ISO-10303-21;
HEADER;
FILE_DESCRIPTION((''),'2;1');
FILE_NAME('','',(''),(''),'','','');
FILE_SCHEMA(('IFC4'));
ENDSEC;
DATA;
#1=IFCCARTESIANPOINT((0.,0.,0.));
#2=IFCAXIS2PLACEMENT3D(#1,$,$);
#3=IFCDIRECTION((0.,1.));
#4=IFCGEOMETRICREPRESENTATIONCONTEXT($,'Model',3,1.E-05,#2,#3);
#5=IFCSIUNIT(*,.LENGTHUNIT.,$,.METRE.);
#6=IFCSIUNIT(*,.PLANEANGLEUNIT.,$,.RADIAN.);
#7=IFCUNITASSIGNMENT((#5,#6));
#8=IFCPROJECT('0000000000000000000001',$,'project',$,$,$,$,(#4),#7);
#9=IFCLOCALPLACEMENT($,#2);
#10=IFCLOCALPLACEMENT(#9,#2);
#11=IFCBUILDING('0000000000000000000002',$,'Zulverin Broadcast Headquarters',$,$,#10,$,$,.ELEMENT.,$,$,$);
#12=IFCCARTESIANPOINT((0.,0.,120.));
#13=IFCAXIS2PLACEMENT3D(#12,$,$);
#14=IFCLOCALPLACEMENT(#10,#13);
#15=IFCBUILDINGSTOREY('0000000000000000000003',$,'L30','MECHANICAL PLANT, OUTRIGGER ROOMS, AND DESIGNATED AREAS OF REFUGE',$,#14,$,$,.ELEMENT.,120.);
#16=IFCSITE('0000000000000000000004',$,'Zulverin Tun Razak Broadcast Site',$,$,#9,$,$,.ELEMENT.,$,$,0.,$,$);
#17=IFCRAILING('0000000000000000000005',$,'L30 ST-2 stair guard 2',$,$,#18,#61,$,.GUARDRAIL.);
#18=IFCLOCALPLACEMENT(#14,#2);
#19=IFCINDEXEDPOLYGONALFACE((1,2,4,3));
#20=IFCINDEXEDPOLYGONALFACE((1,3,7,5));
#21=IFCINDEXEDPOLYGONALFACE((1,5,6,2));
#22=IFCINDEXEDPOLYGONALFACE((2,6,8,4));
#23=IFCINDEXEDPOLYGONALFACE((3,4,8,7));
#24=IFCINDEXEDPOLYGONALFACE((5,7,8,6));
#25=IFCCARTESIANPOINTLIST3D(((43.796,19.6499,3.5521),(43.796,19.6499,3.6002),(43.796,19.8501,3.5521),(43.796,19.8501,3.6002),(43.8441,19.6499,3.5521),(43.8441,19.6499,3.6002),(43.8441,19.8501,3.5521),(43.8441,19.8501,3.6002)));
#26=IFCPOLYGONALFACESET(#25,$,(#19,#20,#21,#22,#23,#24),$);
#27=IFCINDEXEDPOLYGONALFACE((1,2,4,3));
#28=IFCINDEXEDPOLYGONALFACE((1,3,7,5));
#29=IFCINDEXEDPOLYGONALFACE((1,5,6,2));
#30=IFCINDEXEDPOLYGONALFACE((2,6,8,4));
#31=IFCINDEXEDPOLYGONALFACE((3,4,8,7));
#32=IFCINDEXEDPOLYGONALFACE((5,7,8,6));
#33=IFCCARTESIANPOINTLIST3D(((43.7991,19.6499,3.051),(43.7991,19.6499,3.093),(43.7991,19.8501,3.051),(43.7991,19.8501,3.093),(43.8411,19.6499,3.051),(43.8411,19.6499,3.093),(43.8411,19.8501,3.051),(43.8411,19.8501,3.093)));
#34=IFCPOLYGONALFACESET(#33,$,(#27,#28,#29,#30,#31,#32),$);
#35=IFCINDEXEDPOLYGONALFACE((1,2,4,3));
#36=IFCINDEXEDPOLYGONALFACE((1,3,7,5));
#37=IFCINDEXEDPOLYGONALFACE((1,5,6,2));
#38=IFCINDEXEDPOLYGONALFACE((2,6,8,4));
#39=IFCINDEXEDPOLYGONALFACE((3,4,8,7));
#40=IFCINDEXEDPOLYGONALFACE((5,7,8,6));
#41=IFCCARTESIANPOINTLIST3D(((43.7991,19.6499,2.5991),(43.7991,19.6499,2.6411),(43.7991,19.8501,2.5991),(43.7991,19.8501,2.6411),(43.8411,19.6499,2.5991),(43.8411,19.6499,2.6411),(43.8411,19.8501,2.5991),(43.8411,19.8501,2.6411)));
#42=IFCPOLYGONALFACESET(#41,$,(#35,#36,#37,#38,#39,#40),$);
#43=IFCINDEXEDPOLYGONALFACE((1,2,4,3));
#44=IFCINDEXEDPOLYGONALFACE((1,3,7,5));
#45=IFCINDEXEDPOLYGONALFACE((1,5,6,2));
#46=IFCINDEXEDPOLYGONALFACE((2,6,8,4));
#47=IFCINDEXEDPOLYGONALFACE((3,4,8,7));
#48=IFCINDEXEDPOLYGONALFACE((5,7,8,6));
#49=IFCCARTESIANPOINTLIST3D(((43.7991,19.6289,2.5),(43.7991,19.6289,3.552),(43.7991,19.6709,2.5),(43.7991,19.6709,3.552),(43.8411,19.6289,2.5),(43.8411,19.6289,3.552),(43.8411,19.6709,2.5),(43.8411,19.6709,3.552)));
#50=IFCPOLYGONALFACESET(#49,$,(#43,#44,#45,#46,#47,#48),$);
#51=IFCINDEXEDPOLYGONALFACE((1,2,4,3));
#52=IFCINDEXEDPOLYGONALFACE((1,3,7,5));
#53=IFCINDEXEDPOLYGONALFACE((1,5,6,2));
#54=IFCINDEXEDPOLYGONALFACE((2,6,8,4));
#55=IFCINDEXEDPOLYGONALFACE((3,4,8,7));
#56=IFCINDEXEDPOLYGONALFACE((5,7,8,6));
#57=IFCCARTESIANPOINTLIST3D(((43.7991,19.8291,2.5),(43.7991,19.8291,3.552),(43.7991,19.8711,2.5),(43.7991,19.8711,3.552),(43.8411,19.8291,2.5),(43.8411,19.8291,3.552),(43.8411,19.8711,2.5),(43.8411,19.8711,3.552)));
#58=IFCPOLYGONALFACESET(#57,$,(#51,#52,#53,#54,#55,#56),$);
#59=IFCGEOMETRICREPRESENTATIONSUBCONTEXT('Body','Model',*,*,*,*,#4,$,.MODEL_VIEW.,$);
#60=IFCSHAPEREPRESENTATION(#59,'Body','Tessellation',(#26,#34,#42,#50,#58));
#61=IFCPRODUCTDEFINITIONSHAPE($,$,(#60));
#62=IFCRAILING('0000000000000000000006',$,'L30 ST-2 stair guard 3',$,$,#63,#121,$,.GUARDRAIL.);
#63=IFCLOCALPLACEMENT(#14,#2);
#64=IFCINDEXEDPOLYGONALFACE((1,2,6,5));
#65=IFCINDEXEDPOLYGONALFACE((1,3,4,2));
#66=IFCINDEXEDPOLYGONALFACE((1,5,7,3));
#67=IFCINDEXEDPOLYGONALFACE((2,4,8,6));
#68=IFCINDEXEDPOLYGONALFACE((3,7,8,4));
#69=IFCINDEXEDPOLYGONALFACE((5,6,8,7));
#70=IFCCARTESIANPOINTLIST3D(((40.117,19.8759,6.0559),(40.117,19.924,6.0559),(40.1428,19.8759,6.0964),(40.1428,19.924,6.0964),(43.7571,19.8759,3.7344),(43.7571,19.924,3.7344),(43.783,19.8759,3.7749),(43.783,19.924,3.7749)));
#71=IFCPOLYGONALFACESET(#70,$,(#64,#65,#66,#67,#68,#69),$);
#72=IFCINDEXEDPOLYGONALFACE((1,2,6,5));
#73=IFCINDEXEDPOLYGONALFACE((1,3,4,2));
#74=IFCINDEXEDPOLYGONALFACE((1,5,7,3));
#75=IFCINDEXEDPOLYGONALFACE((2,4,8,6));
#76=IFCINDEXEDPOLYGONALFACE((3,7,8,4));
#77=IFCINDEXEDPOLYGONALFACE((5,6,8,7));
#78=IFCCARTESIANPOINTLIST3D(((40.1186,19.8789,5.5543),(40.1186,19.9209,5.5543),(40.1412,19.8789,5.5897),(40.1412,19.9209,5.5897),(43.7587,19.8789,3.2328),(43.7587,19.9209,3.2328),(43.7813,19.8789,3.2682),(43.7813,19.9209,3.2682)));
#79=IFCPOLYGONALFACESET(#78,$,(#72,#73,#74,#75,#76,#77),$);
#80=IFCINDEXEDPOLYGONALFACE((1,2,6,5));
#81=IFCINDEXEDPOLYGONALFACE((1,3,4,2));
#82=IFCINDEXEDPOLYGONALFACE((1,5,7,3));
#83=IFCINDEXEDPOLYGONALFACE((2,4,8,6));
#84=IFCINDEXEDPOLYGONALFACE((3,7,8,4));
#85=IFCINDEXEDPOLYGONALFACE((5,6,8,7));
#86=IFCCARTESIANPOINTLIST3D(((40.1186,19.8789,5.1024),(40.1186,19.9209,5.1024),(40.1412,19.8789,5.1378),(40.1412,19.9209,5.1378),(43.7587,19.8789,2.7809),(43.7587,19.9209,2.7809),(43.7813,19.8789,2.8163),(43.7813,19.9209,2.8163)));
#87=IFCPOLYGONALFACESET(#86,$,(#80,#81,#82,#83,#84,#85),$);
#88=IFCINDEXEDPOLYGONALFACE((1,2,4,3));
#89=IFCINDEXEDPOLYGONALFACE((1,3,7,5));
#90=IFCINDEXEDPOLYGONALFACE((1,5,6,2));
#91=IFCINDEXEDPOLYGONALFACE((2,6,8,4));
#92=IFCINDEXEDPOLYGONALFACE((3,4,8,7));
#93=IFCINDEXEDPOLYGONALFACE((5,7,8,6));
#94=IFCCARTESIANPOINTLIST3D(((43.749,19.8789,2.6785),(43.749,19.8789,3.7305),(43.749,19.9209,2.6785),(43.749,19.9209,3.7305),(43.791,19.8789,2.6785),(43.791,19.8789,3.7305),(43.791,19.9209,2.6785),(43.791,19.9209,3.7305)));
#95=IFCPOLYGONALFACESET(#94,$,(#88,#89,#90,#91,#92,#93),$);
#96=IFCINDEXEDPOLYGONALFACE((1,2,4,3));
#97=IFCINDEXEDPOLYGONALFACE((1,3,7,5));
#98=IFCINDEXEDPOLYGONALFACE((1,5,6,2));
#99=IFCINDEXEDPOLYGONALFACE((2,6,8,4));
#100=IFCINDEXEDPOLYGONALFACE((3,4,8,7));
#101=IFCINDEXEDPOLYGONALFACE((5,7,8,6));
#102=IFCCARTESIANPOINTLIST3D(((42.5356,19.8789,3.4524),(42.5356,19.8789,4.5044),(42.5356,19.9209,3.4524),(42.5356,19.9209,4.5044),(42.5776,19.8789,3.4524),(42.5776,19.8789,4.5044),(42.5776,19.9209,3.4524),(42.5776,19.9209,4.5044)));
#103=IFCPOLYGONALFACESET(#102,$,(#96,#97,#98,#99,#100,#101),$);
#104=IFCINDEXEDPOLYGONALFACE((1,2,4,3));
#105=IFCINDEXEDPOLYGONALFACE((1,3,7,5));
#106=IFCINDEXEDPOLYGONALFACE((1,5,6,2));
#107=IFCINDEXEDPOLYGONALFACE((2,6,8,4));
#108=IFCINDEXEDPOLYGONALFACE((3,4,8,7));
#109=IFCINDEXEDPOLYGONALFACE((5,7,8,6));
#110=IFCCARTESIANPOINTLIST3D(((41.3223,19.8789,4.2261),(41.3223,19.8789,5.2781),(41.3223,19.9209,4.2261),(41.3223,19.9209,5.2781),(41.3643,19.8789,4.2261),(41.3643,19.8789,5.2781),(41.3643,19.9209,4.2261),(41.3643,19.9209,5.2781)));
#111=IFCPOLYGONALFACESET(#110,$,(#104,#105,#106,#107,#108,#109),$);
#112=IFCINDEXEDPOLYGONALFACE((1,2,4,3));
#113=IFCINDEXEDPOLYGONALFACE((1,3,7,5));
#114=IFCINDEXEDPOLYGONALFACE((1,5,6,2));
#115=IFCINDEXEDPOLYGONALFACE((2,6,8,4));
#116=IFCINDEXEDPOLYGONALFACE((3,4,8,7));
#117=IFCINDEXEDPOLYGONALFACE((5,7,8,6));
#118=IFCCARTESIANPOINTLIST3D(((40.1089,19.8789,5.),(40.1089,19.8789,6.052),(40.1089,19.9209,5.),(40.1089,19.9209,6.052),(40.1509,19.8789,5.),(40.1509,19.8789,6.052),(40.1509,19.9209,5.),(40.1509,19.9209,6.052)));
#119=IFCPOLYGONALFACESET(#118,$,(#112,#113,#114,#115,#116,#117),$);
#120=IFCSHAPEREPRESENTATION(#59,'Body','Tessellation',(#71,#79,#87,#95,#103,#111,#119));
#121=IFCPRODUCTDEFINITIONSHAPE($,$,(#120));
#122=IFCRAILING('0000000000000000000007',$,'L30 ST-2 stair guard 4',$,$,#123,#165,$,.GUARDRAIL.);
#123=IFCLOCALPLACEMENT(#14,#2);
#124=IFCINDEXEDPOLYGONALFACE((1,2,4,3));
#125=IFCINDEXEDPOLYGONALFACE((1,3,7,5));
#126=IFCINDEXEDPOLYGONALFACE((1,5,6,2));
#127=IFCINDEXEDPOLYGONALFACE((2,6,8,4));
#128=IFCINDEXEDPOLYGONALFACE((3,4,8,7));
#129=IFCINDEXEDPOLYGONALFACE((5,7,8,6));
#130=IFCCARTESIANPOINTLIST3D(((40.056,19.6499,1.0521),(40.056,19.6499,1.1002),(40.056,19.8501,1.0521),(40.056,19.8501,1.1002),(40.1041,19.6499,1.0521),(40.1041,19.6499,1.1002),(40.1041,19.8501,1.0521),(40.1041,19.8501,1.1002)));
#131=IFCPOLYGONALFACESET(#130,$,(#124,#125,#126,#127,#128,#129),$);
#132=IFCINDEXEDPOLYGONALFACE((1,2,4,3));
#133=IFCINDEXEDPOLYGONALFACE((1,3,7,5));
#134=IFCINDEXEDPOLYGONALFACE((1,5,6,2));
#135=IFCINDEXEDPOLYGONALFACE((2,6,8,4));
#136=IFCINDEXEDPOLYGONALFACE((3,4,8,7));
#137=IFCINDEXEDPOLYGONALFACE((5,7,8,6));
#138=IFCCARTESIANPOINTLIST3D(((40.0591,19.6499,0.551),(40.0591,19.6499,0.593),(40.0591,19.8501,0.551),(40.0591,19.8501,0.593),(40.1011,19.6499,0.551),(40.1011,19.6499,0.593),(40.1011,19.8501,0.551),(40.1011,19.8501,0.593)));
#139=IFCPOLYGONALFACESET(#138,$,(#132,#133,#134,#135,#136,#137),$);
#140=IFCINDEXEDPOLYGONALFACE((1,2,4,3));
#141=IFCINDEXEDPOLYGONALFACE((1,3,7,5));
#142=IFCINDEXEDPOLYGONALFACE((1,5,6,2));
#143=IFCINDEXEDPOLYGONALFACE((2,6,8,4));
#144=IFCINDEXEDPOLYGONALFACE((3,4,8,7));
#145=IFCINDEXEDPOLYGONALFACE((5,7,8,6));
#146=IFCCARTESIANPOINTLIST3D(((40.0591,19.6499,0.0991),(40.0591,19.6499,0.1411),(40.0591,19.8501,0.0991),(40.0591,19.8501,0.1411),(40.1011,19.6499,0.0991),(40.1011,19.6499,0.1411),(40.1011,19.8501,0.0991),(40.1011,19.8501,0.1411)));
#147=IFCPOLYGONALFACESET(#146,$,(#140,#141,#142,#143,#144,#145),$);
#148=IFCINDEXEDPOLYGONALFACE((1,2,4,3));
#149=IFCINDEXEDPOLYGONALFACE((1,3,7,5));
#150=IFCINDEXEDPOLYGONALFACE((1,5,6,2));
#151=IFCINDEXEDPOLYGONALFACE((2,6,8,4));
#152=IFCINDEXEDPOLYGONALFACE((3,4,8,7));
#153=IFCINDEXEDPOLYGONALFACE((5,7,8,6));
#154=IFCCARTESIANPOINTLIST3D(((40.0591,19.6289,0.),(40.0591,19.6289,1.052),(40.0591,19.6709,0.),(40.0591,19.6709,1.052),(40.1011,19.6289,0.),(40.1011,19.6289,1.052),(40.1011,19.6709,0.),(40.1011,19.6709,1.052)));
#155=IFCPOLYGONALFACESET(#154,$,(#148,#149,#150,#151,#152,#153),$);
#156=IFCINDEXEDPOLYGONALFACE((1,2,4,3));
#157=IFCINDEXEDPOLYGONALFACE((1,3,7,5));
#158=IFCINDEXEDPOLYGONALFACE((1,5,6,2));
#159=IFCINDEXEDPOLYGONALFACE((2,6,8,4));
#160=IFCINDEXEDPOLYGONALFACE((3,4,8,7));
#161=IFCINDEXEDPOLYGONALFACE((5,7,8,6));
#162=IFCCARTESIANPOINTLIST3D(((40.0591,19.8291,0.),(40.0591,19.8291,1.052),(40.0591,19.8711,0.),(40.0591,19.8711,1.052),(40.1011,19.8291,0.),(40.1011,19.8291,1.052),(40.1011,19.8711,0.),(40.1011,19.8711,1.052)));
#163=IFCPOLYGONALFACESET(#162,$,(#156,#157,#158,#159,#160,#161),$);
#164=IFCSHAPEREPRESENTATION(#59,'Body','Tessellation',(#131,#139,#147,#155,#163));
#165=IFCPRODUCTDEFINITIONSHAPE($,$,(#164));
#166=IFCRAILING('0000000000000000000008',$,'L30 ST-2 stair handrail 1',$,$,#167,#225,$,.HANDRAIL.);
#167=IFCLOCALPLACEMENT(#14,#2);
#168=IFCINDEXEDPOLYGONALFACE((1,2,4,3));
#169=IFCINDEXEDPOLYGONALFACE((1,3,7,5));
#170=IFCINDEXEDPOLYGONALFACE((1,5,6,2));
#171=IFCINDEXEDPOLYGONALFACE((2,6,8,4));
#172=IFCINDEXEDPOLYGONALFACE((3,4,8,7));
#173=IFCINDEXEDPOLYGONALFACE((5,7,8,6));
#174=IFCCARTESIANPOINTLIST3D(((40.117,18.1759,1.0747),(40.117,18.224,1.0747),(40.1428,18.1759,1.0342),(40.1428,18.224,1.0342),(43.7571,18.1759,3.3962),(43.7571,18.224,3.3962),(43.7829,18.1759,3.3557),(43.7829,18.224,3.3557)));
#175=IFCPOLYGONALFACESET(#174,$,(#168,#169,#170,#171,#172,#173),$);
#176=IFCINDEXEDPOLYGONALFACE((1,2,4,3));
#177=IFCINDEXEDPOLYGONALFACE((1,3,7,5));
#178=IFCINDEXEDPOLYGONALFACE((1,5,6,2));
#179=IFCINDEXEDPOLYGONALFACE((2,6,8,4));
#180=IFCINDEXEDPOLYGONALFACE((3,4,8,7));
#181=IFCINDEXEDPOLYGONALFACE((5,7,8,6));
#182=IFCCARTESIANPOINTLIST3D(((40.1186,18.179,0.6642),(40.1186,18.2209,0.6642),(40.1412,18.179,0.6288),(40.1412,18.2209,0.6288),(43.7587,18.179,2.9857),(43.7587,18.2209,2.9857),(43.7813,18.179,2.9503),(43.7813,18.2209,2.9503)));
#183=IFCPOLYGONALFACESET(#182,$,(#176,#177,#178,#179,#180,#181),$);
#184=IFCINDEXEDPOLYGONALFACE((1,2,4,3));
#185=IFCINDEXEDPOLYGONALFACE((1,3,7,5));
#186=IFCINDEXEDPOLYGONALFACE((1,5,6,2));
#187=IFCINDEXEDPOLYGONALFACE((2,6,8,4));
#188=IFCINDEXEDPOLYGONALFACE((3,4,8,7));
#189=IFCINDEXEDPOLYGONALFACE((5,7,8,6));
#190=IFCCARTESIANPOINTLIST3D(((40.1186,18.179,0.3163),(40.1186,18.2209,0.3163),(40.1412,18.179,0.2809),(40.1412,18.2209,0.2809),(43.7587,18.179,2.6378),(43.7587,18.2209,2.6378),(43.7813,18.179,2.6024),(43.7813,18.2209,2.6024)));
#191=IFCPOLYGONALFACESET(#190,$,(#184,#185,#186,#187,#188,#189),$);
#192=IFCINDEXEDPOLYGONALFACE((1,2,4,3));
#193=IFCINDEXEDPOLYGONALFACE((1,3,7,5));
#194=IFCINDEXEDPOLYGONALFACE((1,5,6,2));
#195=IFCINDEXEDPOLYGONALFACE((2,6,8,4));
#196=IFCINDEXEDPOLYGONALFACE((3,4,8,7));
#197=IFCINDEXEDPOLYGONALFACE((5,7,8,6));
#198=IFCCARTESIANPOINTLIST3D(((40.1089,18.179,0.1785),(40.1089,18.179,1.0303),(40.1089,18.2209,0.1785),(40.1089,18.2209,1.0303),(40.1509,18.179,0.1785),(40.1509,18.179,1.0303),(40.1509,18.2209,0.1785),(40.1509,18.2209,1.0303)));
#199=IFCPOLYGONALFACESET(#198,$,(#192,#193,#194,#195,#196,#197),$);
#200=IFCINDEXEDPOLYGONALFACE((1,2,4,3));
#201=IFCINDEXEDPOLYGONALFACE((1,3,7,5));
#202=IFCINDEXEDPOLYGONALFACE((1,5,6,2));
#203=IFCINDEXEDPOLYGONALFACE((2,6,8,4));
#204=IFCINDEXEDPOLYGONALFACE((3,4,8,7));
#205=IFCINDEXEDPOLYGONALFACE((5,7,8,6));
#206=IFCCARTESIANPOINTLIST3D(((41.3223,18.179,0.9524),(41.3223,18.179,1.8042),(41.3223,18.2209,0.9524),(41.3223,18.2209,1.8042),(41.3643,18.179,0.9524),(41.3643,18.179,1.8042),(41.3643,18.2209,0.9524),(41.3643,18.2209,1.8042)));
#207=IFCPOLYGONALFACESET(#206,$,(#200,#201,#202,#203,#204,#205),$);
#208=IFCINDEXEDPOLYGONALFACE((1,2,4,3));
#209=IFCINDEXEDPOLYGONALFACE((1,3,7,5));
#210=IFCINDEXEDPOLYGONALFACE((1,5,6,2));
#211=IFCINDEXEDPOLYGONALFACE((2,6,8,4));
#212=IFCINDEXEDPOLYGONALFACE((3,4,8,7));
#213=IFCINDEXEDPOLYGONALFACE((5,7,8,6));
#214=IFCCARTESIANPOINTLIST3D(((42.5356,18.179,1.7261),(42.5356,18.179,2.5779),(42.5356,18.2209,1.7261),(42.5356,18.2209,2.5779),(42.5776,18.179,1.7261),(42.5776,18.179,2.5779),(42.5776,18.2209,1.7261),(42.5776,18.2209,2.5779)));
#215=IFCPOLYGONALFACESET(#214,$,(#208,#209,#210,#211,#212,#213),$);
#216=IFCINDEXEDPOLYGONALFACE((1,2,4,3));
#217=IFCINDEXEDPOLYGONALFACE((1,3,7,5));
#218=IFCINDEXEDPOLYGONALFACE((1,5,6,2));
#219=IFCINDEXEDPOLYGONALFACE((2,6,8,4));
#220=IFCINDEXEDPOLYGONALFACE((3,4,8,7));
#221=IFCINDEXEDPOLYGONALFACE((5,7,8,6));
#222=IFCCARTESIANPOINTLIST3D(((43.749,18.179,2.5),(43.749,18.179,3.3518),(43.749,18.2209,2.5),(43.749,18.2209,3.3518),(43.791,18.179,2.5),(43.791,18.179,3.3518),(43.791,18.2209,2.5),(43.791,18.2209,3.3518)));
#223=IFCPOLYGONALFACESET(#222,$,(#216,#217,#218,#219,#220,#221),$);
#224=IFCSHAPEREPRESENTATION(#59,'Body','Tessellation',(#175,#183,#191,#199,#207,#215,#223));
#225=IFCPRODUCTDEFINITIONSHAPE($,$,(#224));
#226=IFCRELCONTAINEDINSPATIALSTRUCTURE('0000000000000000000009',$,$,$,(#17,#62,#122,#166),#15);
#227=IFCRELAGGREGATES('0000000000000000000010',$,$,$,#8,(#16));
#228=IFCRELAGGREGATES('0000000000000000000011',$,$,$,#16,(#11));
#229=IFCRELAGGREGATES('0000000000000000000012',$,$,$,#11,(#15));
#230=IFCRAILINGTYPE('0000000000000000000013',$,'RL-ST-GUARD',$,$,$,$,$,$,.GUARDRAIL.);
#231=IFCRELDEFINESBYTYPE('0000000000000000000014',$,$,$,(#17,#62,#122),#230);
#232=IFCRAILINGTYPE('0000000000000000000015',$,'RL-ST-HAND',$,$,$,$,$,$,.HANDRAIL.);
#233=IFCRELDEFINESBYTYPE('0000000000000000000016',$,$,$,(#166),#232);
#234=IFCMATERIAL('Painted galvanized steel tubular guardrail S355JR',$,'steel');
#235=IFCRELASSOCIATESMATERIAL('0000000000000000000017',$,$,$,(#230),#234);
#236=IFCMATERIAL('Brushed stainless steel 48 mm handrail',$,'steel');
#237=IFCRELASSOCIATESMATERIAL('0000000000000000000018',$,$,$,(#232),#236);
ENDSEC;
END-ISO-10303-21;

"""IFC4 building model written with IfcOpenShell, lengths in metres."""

from ifc_helpers import new_model, si_unit, direction, frame, origin, origin_2d, place, context, subcontext, project, spatial, rectangle, extrude, material, type_object, element, save


model = new_model("IFC4")

# Units and contexts
model_context = context("Model", 3, precision=1e-05, world=origin(), true_north=direction((0.0, 1.0)))
body_context = subcontext(model_context, "Body", "Model", "MODEL_VIEW")
ifc_project = project(units=[si_unit("LENGTHUNIT", "METRE"), si_unit("PLANEANGLEUNIT", "RADIAN")], contexts=[model_context])

# Site, building, storey
site_placement = place(None, origin())
site = spatial("IfcSite", under=ifc_project, at=site_placement, Name="Zulverin Tun Razak Broadcast Site", CompositionType="ELEMENT", RefElevation=0.0)
building_placement = place(site_placement, origin())
building = spatial("IfcBuilding", under=site, at=building_placement, Name="Zulverin Broadcast Headquarters", CompositionType="ELEMENT")
storey_placement = place(building_placement, frame((0.0, 0.0, 120.0)))
storey = spatial("IfcBuildingStorey", under=building, at=storey_placement, Name="L30", Description="MECHANICAL PLANT, OUTRIGGER ROOMS, AND DESIGNATED AREAS OF REFUGE", CompositionType="ELEMENT", Elevation=120.0)

# Railings
ifc_material_1 = material(Name="Painted galvanized steel tubular guardrail S355JR", Category="steel")
railing_type_1 = type_object("IfcRailingType", Name="RL-ST-GUARD", PredefinedType="GUARDRAIL", material=ifc_material_1)
railing_1_placement = place(storey_placement, frame((43.8201, 19.6499, 2.5)))
element("IfcRailing", 1, at=railing_1_placement, inside=storey, type_object=railing_type_1, Name="L30 ST-2 stair guard 2", PredefinedType="GUARDRAIL", context=body_context, shape_type="SweptSolid", body=[
    extrude(rectangle(XDim=0.0481, YDim=0.0481, at=origin_2d()), frame((0.0, 0.0, 1.0762), z_axis=(0.0, 1.0, 0.0), x_axis=(-1.0, 0.0, 0.0)), (0.0, 0.0, 1.0), 0.2002),
    extrude(rectangle(XDim=0.042, YDim=0.042, at=origin_2d()), frame((0.0, 0.0, 0.572), z_axis=(0.0, 1.0, 0.0), x_axis=(-1.0, 0.0, 0.0)), (0.0, 0.0, 1.0), 0.2002),
    extrude(rectangle(XDim=0.042, YDim=0.042, at=origin_2d()), frame((0.0, 0.0, 0.1201), z_axis=(0.0, 1.0, 0.0), x_axis=(-1.0, 0.0, 0.0)), (0.0, 0.0, 1.0), 0.2002),
    extrude(rectangle(XDim=0.042, YDim=0.042, at=origin_2d()), origin(), (0.0, 0.0, 1.0), 1.052),
    extrude(rectangle(XDim=0.042, YDim=0.042, at=origin_2d()), frame((0.0, 0.2002, 0.0)), (0.0, 0.0, 1.0), 1.052),
])
railing_2_placement = place(storey_placement, frame((43.77, 19.8999, 2.6785)))
element("IfcRailing", 2, at=railing_2_placement, inside=storey, type_object=railing_type_1, Name="L30 ST-2 stair guard 3", PredefinedType="GUARDRAIL", context=body_context, shape_type="SweptSolid", body=[
    extrude(rectangle(XDim=0.0481, YDim=0.0481, at=origin_2d()), frame((0.0, 0.0, 1.0762), z_axis=(-0.843128, 0.0, 0.537713), x_axis=(0.0, -1.0, 0.0)), (0.0, 0.0, 1.0), 4.3174),
    extrude(rectangle(XDim=0.042, YDim=0.042, at=origin_2d()), frame((0.0, 0.0, 0.572), z_axis=(-0.843128, 0.0, 0.537713), x_axis=(0.0, -1.0, 0.0)), (0.0, 0.0, 1.0), 4.3174),
    extrude(rectangle(XDim=0.042, YDim=0.042, at=origin_2d()), frame((0.0, 0.0, 0.1201), z_axis=(-0.843128, 0.0, 0.537713), x_axis=(0.0, -1.0, 0.0)), (0.0, 0.0, 1.0), 4.3174),
    extrude(rectangle(XDim=0.042, YDim=0.042, at=origin_2d()), origin(), (0.0, 0.0, 1.0), 1.052),
    extrude(rectangle(XDim=0.042, YDim=0.042, at=origin_2d()), frame((-1.2134, 0.0, 0.7739)), (0.0, 0.0, 1.0), 1.052),
    extrude(rectangle(XDim=0.042, YDim=0.042, at=origin_2d()), frame((-2.4268, 0.0, 1.5476)), (0.0, 0.0, 1.0), 1.052),
    extrude(rectangle(XDim=0.042, YDim=0.042, at=origin_2d()), frame((-3.6401, 0.0, 2.3215)), (0.0, 0.0, 1.0), 1.052),
])
railing_3_placement = place(storey_placement, frame((40.0801, 19.6499, 0.0)))
element("IfcRailing", 3, at=railing_3_placement, inside=storey, type_object=railing_type_1, Name="L30 ST-2 stair guard 4", PredefinedType="GUARDRAIL", context=body_context, shape_type="SweptSolid", body=[
    extrude(rectangle(XDim=0.0481, YDim=0.0481, at=origin_2d()), frame((0.0, 0.0, 1.0762), z_axis=(0.0, 1.0, 0.0), x_axis=(-1.0, 0.0, 0.0)), (0.0, 0.0, 1.0), 0.2002),
    extrude(rectangle(XDim=0.042, YDim=0.042, at=origin_2d()), frame((0.0, 0.0, 0.572), z_axis=(0.0, 1.0, 0.0), x_axis=(-1.0, 0.0, 0.0)), (0.0, 0.0, 1.0), 0.2002),
    extrude(rectangle(XDim=0.042, YDim=0.042, at=origin_2d()), frame((0.0, 0.0, 0.1201), z_axis=(0.0, 1.0, 0.0), x_axis=(-1.0, 0.0, 0.0)), (0.0, 0.0, 1.0), 0.2002),
    extrude(rectangle(XDim=0.042, YDim=0.042, at=origin_2d()), origin(), (0.0, 0.0, 1.0), 1.052),
    extrude(rectangle(XDim=0.042, YDim=0.042, at=origin_2d()), frame((0.0, 0.2002, 0.0)), (0.0, 0.0, 1.0), 1.052),
])
ifc_material_2 = material(Name="Brushed stainless steel 48 mm handrail", Category="steel")
railing_type_2 = type_object("IfcRailingType", Name="RL-ST-HAND", PredefinedType="HANDRAIL", material=ifc_material_2)
railing_4_placement = place(storey_placement, frame((40.1299, 18.2, 0.1785)))
element("IfcRailing", 4, at=railing_4_placement, inside=storey, type_object=railing_type_2, Name="L30 ST-2 stair handrail 1", PredefinedType="HANDRAIL", context=body_context, shape_type="SweptSolid", body=[
    extrude(rectangle(XDim=0.0481, YDim=0.0481, at=origin_2d()), frame((0.0, 0.0, 0.876), z_axis=(0.843128, 0.0, 0.537713), x_axis=(0.0, 1.0, 0.0)), (0.0, 0.0, 1.0), 4.3174),
    extrude(rectangle(XDim=0.042, YDim=0.042, at=origin_2d()), frame((0.0, 0.0, 0.468), z_axis=(0.843128, 0.0, 0.537713), x_axis=(0.0, 1.0, 0.0)), (0.0, 0.0, 1.0), 4.3174),
    extrude(rectangle(XDim=0.042, YDim=0.042, at=origin_2d()), frame((0.0, 0.0, 0.1201), z_axis=(0.843128, 0.0, 0.537713), x_axis=(0.0, 1.0, 0.0)), (0.0, 0.0, 1.0), 4.3174),
    extrude(rectangle(XDim=0.042, YDim=0.042, at=origin_2d()), origin(), (0.0, 0.0, 1.0), 0.8518),
    extrude(rectangle(XDim=0.042, YDim=0.042, at=origin_2d()), frame((1.2134, 0.0, 0.7739)), (0.0, 0.0, 1.0), 0.8518),
    extrude(rectangle(XDim=0.042, YDim=0.042, at=origin_2d()), frame((2.4268, 0.0, 1.5476)), (0.0, 0.0, 1.0), 0.8518),
    extrude(rectangle(XDim=0.042, YDim=0.042, at=origin_2d()), frame((3.6401, 0.0, 2.3215)), (0.0, 0.0, 1.0), 0.8518),
])

save(model, "model.ifc")
